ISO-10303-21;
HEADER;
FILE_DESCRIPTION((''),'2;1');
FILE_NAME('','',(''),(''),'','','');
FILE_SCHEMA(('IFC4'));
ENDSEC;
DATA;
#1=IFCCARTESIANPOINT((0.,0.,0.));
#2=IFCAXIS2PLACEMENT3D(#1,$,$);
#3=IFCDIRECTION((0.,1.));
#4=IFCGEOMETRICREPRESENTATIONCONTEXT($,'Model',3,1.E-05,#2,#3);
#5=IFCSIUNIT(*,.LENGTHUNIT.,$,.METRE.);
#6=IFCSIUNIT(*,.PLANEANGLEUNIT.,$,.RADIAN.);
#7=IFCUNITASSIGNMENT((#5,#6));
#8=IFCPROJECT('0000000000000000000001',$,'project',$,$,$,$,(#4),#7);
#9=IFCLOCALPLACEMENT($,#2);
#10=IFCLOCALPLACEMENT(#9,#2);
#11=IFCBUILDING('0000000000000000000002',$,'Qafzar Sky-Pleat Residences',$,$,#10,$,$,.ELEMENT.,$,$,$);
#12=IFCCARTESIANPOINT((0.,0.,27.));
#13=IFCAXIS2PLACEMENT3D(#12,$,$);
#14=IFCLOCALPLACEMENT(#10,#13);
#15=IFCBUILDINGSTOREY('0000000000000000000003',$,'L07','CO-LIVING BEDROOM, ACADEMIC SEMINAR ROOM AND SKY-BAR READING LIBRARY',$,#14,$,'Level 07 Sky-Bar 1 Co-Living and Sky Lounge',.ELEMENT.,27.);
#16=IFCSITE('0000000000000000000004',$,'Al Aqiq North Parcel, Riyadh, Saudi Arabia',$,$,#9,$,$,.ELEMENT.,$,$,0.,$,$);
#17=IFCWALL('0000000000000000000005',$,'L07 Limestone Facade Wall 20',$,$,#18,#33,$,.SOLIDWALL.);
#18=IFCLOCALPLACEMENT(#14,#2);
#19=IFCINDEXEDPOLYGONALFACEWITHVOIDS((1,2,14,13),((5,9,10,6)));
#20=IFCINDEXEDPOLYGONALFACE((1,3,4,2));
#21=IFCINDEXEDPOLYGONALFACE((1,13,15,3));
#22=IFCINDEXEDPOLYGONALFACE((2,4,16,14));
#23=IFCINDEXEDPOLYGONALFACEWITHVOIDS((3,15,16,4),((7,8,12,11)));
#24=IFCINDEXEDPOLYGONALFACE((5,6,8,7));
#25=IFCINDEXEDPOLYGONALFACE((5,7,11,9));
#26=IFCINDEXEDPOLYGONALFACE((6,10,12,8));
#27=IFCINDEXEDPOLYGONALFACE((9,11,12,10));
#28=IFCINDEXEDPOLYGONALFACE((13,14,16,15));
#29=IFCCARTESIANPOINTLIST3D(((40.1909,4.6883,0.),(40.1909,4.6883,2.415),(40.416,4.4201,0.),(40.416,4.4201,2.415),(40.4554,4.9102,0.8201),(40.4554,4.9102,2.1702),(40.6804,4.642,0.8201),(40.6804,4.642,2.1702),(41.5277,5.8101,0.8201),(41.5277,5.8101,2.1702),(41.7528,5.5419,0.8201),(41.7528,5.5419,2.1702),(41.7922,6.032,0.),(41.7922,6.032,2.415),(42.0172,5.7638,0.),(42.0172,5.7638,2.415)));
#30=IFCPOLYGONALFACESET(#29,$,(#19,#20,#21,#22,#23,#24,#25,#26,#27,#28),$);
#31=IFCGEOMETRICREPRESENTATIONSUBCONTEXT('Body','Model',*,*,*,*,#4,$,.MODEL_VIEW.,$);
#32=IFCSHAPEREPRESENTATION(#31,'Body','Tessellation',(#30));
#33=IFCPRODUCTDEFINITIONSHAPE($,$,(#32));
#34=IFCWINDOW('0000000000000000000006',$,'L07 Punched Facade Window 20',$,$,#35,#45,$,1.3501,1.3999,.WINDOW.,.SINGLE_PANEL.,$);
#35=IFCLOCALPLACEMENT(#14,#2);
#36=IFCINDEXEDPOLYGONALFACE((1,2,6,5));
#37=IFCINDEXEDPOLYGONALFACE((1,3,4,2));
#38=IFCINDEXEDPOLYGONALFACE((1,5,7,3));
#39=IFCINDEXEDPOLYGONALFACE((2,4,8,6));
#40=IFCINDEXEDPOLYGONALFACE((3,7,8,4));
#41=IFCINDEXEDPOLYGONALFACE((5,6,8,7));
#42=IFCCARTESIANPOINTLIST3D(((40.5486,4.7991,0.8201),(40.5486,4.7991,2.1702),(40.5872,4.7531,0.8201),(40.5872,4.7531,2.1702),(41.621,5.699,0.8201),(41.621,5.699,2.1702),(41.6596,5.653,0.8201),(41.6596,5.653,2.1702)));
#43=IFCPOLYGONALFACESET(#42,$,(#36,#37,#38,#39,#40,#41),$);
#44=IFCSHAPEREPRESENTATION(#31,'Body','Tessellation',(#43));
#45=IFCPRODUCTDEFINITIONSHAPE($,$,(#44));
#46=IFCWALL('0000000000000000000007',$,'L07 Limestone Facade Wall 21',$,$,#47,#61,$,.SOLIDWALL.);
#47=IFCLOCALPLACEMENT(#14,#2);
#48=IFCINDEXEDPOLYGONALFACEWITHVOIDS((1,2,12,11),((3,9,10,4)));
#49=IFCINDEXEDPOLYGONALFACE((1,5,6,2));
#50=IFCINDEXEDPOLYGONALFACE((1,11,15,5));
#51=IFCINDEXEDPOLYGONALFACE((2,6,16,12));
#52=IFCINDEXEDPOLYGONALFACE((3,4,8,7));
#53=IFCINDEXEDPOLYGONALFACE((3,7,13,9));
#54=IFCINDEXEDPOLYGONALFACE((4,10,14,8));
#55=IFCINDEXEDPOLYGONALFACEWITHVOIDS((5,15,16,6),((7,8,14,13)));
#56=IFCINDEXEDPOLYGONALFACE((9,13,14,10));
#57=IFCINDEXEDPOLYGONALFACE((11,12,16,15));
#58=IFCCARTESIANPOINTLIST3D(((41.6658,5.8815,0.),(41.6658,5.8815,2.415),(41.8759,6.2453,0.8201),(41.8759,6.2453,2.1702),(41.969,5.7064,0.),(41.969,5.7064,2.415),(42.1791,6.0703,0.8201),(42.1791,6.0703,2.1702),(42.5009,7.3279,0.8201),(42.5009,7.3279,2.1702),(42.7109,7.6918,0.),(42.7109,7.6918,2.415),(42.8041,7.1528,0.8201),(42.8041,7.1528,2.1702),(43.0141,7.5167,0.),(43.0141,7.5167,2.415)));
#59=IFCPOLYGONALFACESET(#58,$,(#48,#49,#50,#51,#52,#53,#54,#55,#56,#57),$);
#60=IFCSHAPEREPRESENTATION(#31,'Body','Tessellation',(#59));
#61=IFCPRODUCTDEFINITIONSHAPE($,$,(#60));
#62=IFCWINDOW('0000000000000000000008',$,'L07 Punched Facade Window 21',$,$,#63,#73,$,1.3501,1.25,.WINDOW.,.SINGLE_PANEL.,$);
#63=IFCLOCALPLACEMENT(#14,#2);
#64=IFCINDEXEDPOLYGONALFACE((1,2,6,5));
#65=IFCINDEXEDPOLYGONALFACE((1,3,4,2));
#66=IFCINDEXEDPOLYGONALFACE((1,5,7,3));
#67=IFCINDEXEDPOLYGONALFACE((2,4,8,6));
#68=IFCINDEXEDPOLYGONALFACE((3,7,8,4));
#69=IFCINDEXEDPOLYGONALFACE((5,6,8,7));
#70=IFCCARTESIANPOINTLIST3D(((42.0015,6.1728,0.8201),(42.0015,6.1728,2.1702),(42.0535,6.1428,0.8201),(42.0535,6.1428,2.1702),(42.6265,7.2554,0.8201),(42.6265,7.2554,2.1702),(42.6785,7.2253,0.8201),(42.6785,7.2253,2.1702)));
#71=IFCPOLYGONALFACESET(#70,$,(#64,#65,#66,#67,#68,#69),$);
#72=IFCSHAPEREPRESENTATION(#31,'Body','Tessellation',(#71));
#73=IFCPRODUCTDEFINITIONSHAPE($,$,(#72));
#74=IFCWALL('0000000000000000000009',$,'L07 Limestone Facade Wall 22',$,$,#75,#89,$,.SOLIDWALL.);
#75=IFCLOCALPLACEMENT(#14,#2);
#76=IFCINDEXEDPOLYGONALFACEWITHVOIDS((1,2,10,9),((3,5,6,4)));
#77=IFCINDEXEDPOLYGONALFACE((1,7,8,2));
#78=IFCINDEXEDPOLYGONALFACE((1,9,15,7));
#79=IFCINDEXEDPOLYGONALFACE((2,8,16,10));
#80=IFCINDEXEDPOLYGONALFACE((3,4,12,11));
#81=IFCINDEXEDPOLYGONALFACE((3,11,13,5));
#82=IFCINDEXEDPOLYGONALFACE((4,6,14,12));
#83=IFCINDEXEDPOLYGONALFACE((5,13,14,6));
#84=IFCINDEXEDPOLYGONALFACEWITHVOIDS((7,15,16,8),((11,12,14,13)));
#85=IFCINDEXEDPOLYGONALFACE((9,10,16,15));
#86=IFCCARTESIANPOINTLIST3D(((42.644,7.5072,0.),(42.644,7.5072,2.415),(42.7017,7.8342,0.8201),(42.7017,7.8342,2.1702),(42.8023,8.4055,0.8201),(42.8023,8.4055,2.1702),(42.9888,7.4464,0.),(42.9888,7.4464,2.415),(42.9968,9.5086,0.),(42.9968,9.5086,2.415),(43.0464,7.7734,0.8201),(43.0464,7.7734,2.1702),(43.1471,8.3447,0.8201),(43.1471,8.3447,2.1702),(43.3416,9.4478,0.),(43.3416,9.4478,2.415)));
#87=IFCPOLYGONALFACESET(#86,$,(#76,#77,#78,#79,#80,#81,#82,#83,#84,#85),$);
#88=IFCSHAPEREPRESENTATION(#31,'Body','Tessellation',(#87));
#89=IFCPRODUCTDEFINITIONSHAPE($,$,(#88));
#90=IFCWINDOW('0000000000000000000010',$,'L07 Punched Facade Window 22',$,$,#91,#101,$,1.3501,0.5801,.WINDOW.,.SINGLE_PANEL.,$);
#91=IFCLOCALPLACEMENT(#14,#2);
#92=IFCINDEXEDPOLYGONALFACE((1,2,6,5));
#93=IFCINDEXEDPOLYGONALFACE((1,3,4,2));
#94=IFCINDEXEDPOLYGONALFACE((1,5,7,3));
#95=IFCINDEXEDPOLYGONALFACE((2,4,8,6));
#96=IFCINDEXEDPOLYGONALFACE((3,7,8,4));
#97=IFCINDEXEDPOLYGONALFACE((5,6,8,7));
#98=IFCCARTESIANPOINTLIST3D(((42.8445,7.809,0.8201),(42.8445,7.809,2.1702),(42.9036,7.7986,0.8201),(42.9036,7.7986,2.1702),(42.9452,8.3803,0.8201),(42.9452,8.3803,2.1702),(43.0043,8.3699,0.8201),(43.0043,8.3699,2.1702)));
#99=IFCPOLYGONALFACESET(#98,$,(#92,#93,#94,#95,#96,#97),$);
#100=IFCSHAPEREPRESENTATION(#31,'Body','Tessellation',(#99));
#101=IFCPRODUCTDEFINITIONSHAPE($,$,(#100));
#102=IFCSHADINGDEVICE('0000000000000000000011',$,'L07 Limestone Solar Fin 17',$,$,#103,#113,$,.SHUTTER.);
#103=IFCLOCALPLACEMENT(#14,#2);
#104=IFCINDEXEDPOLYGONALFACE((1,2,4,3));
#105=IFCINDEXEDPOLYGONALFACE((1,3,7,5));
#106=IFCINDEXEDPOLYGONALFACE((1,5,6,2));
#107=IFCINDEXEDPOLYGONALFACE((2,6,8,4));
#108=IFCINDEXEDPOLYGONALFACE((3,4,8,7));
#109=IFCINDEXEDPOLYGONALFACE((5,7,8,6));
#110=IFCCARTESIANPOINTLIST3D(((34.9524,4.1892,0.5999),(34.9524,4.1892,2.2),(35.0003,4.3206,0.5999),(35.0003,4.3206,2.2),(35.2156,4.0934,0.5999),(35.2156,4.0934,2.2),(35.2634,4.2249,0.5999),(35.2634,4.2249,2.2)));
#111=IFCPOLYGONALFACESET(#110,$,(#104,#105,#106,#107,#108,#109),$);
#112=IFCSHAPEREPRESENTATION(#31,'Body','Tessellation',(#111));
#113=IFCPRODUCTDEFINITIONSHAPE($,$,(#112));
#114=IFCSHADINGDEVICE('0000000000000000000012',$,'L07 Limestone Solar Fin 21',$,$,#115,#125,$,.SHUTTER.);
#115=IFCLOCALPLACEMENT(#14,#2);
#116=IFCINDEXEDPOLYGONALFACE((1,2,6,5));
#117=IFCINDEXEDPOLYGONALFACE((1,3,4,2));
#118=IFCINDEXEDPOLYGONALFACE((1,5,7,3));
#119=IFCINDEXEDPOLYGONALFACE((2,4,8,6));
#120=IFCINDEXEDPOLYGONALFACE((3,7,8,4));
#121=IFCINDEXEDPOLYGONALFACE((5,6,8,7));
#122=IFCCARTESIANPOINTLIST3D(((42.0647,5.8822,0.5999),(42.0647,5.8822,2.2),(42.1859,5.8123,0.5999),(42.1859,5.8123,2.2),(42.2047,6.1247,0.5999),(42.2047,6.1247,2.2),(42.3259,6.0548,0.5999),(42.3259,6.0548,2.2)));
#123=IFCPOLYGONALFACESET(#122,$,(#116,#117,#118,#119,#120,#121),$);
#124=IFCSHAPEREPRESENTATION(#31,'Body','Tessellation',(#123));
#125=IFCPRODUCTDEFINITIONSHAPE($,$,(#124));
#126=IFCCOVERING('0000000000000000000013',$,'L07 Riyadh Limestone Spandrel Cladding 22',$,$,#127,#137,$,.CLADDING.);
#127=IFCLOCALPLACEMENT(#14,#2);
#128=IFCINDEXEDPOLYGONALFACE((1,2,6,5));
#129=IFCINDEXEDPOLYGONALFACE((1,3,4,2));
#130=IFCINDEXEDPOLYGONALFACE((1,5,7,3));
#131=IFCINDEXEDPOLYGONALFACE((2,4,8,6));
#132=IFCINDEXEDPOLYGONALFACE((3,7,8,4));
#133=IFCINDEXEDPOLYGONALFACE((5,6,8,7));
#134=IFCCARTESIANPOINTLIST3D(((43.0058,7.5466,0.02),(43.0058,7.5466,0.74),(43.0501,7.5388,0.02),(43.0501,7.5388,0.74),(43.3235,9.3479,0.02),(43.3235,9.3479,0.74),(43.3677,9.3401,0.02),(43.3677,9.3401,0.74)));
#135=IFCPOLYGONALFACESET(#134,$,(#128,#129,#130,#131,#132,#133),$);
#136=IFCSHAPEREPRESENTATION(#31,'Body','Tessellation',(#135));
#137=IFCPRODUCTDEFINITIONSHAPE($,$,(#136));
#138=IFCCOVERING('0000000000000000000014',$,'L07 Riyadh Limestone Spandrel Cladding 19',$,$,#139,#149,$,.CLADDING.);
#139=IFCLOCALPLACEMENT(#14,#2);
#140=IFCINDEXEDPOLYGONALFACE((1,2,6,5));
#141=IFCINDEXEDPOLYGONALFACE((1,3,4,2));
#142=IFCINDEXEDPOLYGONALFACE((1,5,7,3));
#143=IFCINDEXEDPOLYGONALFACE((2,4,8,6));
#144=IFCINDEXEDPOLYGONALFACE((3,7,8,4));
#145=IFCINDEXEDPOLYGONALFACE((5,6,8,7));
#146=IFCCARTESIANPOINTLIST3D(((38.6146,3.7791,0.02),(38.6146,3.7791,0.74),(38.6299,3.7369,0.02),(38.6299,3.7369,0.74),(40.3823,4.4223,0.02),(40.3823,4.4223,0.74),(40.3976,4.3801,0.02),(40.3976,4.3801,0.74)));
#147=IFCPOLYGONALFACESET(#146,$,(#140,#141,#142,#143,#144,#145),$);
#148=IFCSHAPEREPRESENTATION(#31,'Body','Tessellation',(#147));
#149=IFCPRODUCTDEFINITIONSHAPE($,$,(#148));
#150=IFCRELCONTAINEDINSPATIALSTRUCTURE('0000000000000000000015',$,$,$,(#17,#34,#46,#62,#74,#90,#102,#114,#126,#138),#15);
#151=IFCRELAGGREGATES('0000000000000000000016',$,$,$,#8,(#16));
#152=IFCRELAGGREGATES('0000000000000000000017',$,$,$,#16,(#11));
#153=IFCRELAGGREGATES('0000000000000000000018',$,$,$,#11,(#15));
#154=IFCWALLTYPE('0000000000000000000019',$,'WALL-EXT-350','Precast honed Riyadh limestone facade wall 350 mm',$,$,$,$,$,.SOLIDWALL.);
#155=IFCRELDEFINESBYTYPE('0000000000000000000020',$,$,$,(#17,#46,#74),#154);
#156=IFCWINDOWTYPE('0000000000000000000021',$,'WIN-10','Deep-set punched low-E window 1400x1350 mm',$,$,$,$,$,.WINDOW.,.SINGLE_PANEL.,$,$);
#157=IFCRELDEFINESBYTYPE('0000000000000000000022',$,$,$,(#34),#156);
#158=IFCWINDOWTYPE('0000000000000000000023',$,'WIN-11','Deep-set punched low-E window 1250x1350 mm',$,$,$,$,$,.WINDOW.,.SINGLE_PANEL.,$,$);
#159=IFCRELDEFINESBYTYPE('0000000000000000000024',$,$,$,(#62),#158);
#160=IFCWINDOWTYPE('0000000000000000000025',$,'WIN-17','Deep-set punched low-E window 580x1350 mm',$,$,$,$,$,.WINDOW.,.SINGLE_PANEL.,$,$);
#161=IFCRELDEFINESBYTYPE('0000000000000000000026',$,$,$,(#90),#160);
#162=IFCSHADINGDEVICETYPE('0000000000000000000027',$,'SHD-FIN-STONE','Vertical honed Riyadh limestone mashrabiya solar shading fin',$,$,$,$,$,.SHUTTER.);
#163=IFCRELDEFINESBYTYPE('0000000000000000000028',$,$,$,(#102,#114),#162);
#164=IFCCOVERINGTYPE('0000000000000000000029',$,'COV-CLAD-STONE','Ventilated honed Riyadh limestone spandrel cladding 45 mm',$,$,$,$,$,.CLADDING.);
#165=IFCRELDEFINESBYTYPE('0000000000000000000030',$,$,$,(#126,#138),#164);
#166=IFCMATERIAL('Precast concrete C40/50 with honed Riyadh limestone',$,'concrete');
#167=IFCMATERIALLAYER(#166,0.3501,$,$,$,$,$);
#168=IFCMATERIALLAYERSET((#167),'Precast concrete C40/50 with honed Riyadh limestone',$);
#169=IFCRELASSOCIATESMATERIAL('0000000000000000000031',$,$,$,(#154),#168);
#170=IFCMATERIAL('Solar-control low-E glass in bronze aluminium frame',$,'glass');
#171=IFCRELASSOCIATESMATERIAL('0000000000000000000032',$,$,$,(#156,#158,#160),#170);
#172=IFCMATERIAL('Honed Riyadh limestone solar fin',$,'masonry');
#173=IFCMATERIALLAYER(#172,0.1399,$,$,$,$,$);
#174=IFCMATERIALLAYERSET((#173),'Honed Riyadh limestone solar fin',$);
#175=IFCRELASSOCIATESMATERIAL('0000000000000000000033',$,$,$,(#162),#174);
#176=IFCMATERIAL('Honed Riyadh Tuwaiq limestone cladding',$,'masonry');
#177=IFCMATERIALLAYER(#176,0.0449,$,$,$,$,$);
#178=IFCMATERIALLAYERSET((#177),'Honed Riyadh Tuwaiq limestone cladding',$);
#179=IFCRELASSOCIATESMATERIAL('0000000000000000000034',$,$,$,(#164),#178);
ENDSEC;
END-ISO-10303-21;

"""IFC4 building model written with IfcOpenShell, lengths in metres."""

from ifc_helpers import new_model, si_unit, direction, frame, frame_2d, origin, origin_2d, place, context, subcontext, project, spatial, rectangle, extrude, source, transform, mapped, material, layer, layer_set, type_object, element, fill, save


model = new_model("IFC4")

# Units and contexts
model_context = context("Model", 3, precision=1e-05, world=origin(), true_north=direction((0.0, 1.0)))
body_context = subcontext(model_context, "Body", "Model", "MODEL_VIEW")
ifc_project = project(units=[si_unit("LENGTHUNIT", "METRE"), si_unit("PLANEANGLEUNIT", "RADIAN")], contexts=[model_context])

# Site, building, storey
site_placement = place(None, origin())
site = spatial("IfcSite", under=ifc_project, at=site_placement, Name="Al Aqiq North Parcel, Riyadh, Saudi Arabia", CompositionType="ELEMENT", RefElevation=0.0)
building_placement = place(site_placement, origin())
building = spatial("IfcBuilding", under=site, at=building_placement, Name="Qafzar Sky-Pleat Residences", CompositionType="ELEMENT")
storey_placement = place(building_placement, frame((0.0, 0.0, 27.0)))
storey = spatial("IfcBuildingStorey", under=building, at=storey_placement, Name="L07", Description="CO-LIVING BEDROOM, ACADEMIC SEMINAR ROOM AND SKY-BAR READING LIBRARY", LongName="Level 07 Sky-Bar 1 Co-Living and Sky Lounge", CompositionType="ELEMENT", Elevation=27.0)

# Walls, openings, windows
ifc_material_1 = material(Name="Precast concrete C40/50 with honed Riyadh limestone", Category="concrete")
ifc_layer_1 = layer(ifc_material_1, 0.3501)
ifc_layer_set_1 = layer_set([ifc_layer_1], Name="Precast concrete C40/50 with honed Riyadh limestone")
wall_type_1 = type_object("IfcWallType", Name="WALL-EXT-350", Description="Precast honed Riyadh limestone facade wall 350 mm", PredefinedType="SOLIDWALL", material=ifc_layer_set_1)
ifc_material_2 = material(Name="Solar-control low-E glass in bronze aluminium frame", Category="glass")
wall_1_placement = place(storey_placement, frame((40.3035, 4.5542, 0.0), z_axis=(0.0, 0.0, 1.0), x_axis=(0.766025, 0.642811, 0.0)))
wall_1 = element("IfcWall", 1, at=wall_1_placement, inside=storey, type_object=wall_type_1, Name="L07 Limestone Facade Wall 20", PredefinedType="SOLIDWALL", context=body_context, shape_type="SweptSolid", body=[
    extrude(rectangle(XDim=2.0903, YDim=0.3501, at=frame_2d((1.0452, 0.0))), origin(), (0.0, 0.0, 1.0), 2.415),
])
opening_1_placement = place(wall_1_placement, frame((0.3452, 0.0, 0.8201)))
opening_1 = element("IfcOpeningElement", 2, at=opening_1_placement, cuts=wall_1, PredefinedType="OPENING", context=body_context, shape_type="SweptSolid", body=[
    extrude(rectangle(XDim=1.3999, YDim=1.3501, at=frame_2d((0.7, 0.675))), frame((0.0, 0.1851, 0.0), z_axis=(0.0, -1.0, 0.0), x_axis=(1.0, 0.0, 0.0)), (0.0, 0.0, 1.0), 0.3701),
])
window_type_1 = type_object("IfcWindowType", Name="WIN-10", Description="Deep-set punched low-E window 1400x1350 mm", PartitioningType="SINGLE_PANEL", PredefinedType="WINDOW", material=ifc_material_2)
shared_shape_1 = source(origin(), body_context, "Body", "SweptSolid", [
    extrude(rectangle(XDim=1.3999, YDim=1.3501, at=frame_2d((0.7, 0.675))), frame((0.0, 0.03, 0.0), z_axis=(0.0, -1.0, 0.0), x_axis=(1.0, 0.0, 0.0)), (0.0, 0.0, 1.0), 0.0601),
])
window_1_placement = place(opening_1_placement, origin())
window_1 = element("IfcWindow", 3, at=window_1_placement, inside=storey, type_object=window_type_1, Name="L07 Punched Facade Window 20", OverallHeight=1.3501, OverallWidth=1.3999, PartitioningType="SINGLE_PANEL", PredefinedType="WINDOW", context=body_context, shape_type="MappedRepresentation", body=[
    mapped(shared_shape_1, transform((0.0, 0.0, 0.0), x_axis=(1.0, 0.0, 0.0), y_axis=(0.0, 1.0, 0.0), z_axis=(0.0, 0.0, 1.0), scale=1.0)),
])
fill(opening_1, window_1)
wall_2_placement = place(storey_placement, frame((41.8174, 5.7939, 0.0), z_axis=(0.0, 0.0, 1.0), x_axis=(0.499995, 0.866028, 0.0)))
wall_2 = element("IfcWall", 4, at=wall_2_placement, inside=storey, type_object=wall_type_1, Name="L07 Limestone Facade Wall 21", PredefinedType="SOLIDWALL", context=body_context, shape_type="SweptSolid", body=[
    extrude(rectangle(XDim=2.0903, YDim=0.3501, at=frame_2d((1.0452, 0.0))), origin(), (0.0, 0.0, 1.0), 2.415),
])
opening_2_placement = place(wall_2_placement, frame((0.4202, 0.0, 0.8201)))
opening_2 = element("IfcOpeningElement", 5, at=opening_2_placement, cuts=wall_2, PredefinedType="OPENING", context=body_context, shape_type="SweptSolid", body=[
    extrude(rectangle(XDim=1.25, YDim=1.3501, at=frame_2d((0.625, 0.675))), frame((0.0, 0.1851, 0.0), z_axis=(0.0, -1.0, 0.0), x_axis=(1.0, 0.0, 0.0)), (0.0, 0.0, 1.0), 0.3701),
])
window_type_2 = type_object("IfcWindowType", Name="WIN-11", Description="Deep-set punched low-E window 1250x1350 mm", PartitioningType="SINGLE_PANEL", PredefinedType="WINDOW", material=ifc_material_2)
shared_shape_2 = source(origin(), body_context, "Body", "SweptSolid", [
    extrude(rectangle(XDim=1.25, YDim=1.3501, at=frame_2d((0.625, 0.675))), frame((0.0, 0.03, 0.0), z_axis=(0.0, -1.0, 0.0), x_axis=(1.0, 0.0, 0.0)), (0.0, 0.0, 1.0), 0.0601),
])
window_2_placement = place(opening_2_placement, origin())
window_2 = element("IfcWindow", 6, at=window_2_placement, inside=storey, type_object=window_type_2, Name="L07 Punched Facade Window 21", OverallHeight=1.3501, OverallWidth=1.25, PartitioningType="SINGLE_PANEL", PredefinedType="WINDOW", context=body_context, shape_type="MappedRepresentation", body=[
    mapped(shared_shape_2, transform((0.0, 0.0, 0.0), x_axis=(1.0, 0.0, 0.0), y_axis=(0.0, 1.0, 0.0), z_axis=(0.0, 0.0, 1.0), scale=1.0)),
])
fill(opening_2, window_2)
wall_3_placement = place(storey_placement, frame((42.8164, 7.4768, 0.0), z_axis=(0.0, 0.0, 1.0), x_axis=(0.173587, 0.984819, 0.0)))
wall_3 = element("IfcWall", 7, at=wall_3_placement, inside=storey, type_object=wall_type_1, Name="L07 Limestone Facade Wall 22", PredefinedType="SOLIDWALL", context=body_context, shape_type="SweptSolid", body=[
    extrude(rectangle(XDim=2.0322, YDim=0.3501, at=frame_2d((1.0161, 0.0))), origin(), (0.0, 0.0, 1.0), 2.415),
])
opening_3_placement = place(wall_3_placement, frame((0.332, 0.0, 0.8201)))
opening_3 = element("IfcOpeningElement", 8, at=opening_3_placement, cuts=wall_3, PredefinedType="OPENING", context=body_context, shape_type="SweptSolid", body=[
    extrude(rectangle(XDim=0.5801, YDim=1.3501, at=frame_2d((0.29, 0.675))), frame((0.0, 0.1851, 0.0), z_axis=(0.0, -1.0, 0.0), x_axis=(1.0, 0.0, 0.0)), (0.0, 0.0, 1.0), 0.3701),
])
window_type_3 = type_object("IfcWindowType", Name="WIN-17", Description="Deep-set punched low-E window 580x1350 mm", PartitioningType="SINGLE_PANEL", PredefinedType="WINDOW", material=ifc_material_2)
shared_shape_3 = source(origin(), body_context, "Body", "SweptSolid", [
    extrude(rectangle(XDim=0.5801, YDim=1.3501, at=frame_2d((0.29, 0.675))), frame((0.0, 0.03, 0.0), z_axis=(0.0, -1.0, 0.0), x_axis=(1.0, 0.0, 0.0)), (0.0, 0.0, 1.0), 0.0601),
])
window_3_placement = place(opening_3_placement, origin())
window_3 = element("IfcWindow", 9, at=window_3_placement, inside=storey, type_object=window_type_3, Name="L07 Punched Facade Window 22", OverallHeight=1.3501, OverallWidth=0.5801, PartitioningType="SINGLE_PANEL", PredefinedType="WINDOW", context=body_context, shape_type="MappedRepresentation", body=[
    mapped(shared_shape_3, transform((0.0, 0.0, 0.0), x_axis=(1.0, 0.0, 0.0), y_axis=(0.0, 1.0, 0.0), z_axis=(0.0, 0.0, 1.0), scale=1.0)),
])
fill(opening_3, window_3)

# Shading devices
ifc_material_3 = material(Name="Honed Riyadh limestone solar fin", Category="masonry")
ifc_layer_2 = layer(ifc_material_3, 0.1399)
ifc_layer_set_2 = layer_set([ifc_layer_2], Name="Honed Riyadh limestone solar fin")
shading_device_type = type_object("IfcShadingDeviceType", Name="SHD-FIN-STONE", Description="Vertical honed Riyadh limestone mashrabiya solar shading fin", PredefinedType="SHUTTER", material=ifc_layer_set_2)
shared_shape_4 = source(origin(), body_context, "Body", "SweptSolid", [
    extrude(rectangle(XDim=0.1399, YDim=0.28, at=origin_2d()), origin(), (0.0, 0.0, 1.0), 1.6001),
])
for number, where, z_axis, x_axis, name in (
    (10, (35.1079, 4.207, 0.5999), (0.0, 0.0, 1.0), (-0.34201, -0.939696, 0.0), "L07 Limestone Solar Fin 17"),
    (11, (42.1953, 5.9685, 0.5999), (0.0, 0.0, 1.0), (0.866044, -0.499967, 0.0), "L07 Limestone Solar Fin 21"),
):
    element("IfcShadingDevice", number, at=place(storey_placement, frame(where, z_axis=z_axis, x_axis=x_axis)), inside=storey, type_object=shading_device_type, Name=name, PredefinedType="SHUTTER", context=body_context, shape_type="MappedRepresentation", body=[
        mapped(shared_shape_4, transform((0.0, 0.0, 0.0), x_axis=(1.0, 0.0, 0.0), y_axis=(0.0, 1.0, 0.0), z_axis=(0.0, 0.0, 1.0), scale=1.0)),
    ])

# Coverings
ifc_material_4 = material(Name="Honed Riyadh Tuwaiq limestone cladding", Category="masonry")
ifc_layer_3 = layer(ifc_material_4, 0.0449)
ifc_layer_set_3 = layer_set([ifc_layer_3], Name="Honed Riyadh Tuwaiq limestone cladding")
covering_type = type_object("IfcCoveringType", Name="COV-CLAD-STONE", Description="Ventilated honed Riyadh limestone spandrel cladding 45 mm", PredefinedType="CLADDING", material=ifc_layer_set_3)
shared_shape_5 = source(origin(), body_context, "Body", "SweptSolid", [
    extrude(rectangle(XDim=1.8291, YDim=0.0449, at=origin_2d()), origin(), (0.0, 0.0, 1.0), 0.72),
])
covering_1_placement = place(storey_placement, frame((43.1868, 8.4434, 0.02), z_axis=(0.0, 0.0, 1.0), x_axis=(0.173648, 0.984808, 0.0)))
element("IfcCovering", 12, at=covering_1_placement, inside=storey, type_object=covering_type, Name="L07 Riyadh Limestone Spandrel Cladding 22", PredefinedType="CLADDING", context=body_context, shape_type="MappedRepresentation", body=[
    mapped(shared_shape_5, transform((0.0, 0.0, 0.0), x_axis=(1.0, 0.0, 0.0), y_axis=(0.0, 1.0, 0.0), z_axis=(0.0, 0.0, 1.0), scale=1.0)),
])
shared_shape_6 = source(origin(), body_context, "Body", "SweptSolid", [
    extrude(rectangle(XDim=1.8811, YDim=0.0449, at=origin_2d()), origin(), (0.0, 0.0, 1.0), 0.72),
])
covering_2_placement = place(storey_placement, frame((39.5061, 4.0796, 0.02), z_axis=(0.0, 0.0, 1.0), x_axis=(0.939715, 0.341958, 0.0)))
element("IfcCovering", 13, at=covering_2_placement, inside=storey, type_object=covering_type, Name="L07 Riyadh Limestone Spandrel Cladding 19", PredefinedType="CLADDING", context=body_context, shape_type="MappedRepresentation", body=[
    mapped(shared_shape_6, transform((0.0, 0.0, 0.0), x_axis=(1.0, 0.0, 0.0), y_axis=(0.0, 1.0, 0.0), z_axis=(0.0, 0.0, 1.0), scale=1.0)),
])

save(model, "model.ifc")
